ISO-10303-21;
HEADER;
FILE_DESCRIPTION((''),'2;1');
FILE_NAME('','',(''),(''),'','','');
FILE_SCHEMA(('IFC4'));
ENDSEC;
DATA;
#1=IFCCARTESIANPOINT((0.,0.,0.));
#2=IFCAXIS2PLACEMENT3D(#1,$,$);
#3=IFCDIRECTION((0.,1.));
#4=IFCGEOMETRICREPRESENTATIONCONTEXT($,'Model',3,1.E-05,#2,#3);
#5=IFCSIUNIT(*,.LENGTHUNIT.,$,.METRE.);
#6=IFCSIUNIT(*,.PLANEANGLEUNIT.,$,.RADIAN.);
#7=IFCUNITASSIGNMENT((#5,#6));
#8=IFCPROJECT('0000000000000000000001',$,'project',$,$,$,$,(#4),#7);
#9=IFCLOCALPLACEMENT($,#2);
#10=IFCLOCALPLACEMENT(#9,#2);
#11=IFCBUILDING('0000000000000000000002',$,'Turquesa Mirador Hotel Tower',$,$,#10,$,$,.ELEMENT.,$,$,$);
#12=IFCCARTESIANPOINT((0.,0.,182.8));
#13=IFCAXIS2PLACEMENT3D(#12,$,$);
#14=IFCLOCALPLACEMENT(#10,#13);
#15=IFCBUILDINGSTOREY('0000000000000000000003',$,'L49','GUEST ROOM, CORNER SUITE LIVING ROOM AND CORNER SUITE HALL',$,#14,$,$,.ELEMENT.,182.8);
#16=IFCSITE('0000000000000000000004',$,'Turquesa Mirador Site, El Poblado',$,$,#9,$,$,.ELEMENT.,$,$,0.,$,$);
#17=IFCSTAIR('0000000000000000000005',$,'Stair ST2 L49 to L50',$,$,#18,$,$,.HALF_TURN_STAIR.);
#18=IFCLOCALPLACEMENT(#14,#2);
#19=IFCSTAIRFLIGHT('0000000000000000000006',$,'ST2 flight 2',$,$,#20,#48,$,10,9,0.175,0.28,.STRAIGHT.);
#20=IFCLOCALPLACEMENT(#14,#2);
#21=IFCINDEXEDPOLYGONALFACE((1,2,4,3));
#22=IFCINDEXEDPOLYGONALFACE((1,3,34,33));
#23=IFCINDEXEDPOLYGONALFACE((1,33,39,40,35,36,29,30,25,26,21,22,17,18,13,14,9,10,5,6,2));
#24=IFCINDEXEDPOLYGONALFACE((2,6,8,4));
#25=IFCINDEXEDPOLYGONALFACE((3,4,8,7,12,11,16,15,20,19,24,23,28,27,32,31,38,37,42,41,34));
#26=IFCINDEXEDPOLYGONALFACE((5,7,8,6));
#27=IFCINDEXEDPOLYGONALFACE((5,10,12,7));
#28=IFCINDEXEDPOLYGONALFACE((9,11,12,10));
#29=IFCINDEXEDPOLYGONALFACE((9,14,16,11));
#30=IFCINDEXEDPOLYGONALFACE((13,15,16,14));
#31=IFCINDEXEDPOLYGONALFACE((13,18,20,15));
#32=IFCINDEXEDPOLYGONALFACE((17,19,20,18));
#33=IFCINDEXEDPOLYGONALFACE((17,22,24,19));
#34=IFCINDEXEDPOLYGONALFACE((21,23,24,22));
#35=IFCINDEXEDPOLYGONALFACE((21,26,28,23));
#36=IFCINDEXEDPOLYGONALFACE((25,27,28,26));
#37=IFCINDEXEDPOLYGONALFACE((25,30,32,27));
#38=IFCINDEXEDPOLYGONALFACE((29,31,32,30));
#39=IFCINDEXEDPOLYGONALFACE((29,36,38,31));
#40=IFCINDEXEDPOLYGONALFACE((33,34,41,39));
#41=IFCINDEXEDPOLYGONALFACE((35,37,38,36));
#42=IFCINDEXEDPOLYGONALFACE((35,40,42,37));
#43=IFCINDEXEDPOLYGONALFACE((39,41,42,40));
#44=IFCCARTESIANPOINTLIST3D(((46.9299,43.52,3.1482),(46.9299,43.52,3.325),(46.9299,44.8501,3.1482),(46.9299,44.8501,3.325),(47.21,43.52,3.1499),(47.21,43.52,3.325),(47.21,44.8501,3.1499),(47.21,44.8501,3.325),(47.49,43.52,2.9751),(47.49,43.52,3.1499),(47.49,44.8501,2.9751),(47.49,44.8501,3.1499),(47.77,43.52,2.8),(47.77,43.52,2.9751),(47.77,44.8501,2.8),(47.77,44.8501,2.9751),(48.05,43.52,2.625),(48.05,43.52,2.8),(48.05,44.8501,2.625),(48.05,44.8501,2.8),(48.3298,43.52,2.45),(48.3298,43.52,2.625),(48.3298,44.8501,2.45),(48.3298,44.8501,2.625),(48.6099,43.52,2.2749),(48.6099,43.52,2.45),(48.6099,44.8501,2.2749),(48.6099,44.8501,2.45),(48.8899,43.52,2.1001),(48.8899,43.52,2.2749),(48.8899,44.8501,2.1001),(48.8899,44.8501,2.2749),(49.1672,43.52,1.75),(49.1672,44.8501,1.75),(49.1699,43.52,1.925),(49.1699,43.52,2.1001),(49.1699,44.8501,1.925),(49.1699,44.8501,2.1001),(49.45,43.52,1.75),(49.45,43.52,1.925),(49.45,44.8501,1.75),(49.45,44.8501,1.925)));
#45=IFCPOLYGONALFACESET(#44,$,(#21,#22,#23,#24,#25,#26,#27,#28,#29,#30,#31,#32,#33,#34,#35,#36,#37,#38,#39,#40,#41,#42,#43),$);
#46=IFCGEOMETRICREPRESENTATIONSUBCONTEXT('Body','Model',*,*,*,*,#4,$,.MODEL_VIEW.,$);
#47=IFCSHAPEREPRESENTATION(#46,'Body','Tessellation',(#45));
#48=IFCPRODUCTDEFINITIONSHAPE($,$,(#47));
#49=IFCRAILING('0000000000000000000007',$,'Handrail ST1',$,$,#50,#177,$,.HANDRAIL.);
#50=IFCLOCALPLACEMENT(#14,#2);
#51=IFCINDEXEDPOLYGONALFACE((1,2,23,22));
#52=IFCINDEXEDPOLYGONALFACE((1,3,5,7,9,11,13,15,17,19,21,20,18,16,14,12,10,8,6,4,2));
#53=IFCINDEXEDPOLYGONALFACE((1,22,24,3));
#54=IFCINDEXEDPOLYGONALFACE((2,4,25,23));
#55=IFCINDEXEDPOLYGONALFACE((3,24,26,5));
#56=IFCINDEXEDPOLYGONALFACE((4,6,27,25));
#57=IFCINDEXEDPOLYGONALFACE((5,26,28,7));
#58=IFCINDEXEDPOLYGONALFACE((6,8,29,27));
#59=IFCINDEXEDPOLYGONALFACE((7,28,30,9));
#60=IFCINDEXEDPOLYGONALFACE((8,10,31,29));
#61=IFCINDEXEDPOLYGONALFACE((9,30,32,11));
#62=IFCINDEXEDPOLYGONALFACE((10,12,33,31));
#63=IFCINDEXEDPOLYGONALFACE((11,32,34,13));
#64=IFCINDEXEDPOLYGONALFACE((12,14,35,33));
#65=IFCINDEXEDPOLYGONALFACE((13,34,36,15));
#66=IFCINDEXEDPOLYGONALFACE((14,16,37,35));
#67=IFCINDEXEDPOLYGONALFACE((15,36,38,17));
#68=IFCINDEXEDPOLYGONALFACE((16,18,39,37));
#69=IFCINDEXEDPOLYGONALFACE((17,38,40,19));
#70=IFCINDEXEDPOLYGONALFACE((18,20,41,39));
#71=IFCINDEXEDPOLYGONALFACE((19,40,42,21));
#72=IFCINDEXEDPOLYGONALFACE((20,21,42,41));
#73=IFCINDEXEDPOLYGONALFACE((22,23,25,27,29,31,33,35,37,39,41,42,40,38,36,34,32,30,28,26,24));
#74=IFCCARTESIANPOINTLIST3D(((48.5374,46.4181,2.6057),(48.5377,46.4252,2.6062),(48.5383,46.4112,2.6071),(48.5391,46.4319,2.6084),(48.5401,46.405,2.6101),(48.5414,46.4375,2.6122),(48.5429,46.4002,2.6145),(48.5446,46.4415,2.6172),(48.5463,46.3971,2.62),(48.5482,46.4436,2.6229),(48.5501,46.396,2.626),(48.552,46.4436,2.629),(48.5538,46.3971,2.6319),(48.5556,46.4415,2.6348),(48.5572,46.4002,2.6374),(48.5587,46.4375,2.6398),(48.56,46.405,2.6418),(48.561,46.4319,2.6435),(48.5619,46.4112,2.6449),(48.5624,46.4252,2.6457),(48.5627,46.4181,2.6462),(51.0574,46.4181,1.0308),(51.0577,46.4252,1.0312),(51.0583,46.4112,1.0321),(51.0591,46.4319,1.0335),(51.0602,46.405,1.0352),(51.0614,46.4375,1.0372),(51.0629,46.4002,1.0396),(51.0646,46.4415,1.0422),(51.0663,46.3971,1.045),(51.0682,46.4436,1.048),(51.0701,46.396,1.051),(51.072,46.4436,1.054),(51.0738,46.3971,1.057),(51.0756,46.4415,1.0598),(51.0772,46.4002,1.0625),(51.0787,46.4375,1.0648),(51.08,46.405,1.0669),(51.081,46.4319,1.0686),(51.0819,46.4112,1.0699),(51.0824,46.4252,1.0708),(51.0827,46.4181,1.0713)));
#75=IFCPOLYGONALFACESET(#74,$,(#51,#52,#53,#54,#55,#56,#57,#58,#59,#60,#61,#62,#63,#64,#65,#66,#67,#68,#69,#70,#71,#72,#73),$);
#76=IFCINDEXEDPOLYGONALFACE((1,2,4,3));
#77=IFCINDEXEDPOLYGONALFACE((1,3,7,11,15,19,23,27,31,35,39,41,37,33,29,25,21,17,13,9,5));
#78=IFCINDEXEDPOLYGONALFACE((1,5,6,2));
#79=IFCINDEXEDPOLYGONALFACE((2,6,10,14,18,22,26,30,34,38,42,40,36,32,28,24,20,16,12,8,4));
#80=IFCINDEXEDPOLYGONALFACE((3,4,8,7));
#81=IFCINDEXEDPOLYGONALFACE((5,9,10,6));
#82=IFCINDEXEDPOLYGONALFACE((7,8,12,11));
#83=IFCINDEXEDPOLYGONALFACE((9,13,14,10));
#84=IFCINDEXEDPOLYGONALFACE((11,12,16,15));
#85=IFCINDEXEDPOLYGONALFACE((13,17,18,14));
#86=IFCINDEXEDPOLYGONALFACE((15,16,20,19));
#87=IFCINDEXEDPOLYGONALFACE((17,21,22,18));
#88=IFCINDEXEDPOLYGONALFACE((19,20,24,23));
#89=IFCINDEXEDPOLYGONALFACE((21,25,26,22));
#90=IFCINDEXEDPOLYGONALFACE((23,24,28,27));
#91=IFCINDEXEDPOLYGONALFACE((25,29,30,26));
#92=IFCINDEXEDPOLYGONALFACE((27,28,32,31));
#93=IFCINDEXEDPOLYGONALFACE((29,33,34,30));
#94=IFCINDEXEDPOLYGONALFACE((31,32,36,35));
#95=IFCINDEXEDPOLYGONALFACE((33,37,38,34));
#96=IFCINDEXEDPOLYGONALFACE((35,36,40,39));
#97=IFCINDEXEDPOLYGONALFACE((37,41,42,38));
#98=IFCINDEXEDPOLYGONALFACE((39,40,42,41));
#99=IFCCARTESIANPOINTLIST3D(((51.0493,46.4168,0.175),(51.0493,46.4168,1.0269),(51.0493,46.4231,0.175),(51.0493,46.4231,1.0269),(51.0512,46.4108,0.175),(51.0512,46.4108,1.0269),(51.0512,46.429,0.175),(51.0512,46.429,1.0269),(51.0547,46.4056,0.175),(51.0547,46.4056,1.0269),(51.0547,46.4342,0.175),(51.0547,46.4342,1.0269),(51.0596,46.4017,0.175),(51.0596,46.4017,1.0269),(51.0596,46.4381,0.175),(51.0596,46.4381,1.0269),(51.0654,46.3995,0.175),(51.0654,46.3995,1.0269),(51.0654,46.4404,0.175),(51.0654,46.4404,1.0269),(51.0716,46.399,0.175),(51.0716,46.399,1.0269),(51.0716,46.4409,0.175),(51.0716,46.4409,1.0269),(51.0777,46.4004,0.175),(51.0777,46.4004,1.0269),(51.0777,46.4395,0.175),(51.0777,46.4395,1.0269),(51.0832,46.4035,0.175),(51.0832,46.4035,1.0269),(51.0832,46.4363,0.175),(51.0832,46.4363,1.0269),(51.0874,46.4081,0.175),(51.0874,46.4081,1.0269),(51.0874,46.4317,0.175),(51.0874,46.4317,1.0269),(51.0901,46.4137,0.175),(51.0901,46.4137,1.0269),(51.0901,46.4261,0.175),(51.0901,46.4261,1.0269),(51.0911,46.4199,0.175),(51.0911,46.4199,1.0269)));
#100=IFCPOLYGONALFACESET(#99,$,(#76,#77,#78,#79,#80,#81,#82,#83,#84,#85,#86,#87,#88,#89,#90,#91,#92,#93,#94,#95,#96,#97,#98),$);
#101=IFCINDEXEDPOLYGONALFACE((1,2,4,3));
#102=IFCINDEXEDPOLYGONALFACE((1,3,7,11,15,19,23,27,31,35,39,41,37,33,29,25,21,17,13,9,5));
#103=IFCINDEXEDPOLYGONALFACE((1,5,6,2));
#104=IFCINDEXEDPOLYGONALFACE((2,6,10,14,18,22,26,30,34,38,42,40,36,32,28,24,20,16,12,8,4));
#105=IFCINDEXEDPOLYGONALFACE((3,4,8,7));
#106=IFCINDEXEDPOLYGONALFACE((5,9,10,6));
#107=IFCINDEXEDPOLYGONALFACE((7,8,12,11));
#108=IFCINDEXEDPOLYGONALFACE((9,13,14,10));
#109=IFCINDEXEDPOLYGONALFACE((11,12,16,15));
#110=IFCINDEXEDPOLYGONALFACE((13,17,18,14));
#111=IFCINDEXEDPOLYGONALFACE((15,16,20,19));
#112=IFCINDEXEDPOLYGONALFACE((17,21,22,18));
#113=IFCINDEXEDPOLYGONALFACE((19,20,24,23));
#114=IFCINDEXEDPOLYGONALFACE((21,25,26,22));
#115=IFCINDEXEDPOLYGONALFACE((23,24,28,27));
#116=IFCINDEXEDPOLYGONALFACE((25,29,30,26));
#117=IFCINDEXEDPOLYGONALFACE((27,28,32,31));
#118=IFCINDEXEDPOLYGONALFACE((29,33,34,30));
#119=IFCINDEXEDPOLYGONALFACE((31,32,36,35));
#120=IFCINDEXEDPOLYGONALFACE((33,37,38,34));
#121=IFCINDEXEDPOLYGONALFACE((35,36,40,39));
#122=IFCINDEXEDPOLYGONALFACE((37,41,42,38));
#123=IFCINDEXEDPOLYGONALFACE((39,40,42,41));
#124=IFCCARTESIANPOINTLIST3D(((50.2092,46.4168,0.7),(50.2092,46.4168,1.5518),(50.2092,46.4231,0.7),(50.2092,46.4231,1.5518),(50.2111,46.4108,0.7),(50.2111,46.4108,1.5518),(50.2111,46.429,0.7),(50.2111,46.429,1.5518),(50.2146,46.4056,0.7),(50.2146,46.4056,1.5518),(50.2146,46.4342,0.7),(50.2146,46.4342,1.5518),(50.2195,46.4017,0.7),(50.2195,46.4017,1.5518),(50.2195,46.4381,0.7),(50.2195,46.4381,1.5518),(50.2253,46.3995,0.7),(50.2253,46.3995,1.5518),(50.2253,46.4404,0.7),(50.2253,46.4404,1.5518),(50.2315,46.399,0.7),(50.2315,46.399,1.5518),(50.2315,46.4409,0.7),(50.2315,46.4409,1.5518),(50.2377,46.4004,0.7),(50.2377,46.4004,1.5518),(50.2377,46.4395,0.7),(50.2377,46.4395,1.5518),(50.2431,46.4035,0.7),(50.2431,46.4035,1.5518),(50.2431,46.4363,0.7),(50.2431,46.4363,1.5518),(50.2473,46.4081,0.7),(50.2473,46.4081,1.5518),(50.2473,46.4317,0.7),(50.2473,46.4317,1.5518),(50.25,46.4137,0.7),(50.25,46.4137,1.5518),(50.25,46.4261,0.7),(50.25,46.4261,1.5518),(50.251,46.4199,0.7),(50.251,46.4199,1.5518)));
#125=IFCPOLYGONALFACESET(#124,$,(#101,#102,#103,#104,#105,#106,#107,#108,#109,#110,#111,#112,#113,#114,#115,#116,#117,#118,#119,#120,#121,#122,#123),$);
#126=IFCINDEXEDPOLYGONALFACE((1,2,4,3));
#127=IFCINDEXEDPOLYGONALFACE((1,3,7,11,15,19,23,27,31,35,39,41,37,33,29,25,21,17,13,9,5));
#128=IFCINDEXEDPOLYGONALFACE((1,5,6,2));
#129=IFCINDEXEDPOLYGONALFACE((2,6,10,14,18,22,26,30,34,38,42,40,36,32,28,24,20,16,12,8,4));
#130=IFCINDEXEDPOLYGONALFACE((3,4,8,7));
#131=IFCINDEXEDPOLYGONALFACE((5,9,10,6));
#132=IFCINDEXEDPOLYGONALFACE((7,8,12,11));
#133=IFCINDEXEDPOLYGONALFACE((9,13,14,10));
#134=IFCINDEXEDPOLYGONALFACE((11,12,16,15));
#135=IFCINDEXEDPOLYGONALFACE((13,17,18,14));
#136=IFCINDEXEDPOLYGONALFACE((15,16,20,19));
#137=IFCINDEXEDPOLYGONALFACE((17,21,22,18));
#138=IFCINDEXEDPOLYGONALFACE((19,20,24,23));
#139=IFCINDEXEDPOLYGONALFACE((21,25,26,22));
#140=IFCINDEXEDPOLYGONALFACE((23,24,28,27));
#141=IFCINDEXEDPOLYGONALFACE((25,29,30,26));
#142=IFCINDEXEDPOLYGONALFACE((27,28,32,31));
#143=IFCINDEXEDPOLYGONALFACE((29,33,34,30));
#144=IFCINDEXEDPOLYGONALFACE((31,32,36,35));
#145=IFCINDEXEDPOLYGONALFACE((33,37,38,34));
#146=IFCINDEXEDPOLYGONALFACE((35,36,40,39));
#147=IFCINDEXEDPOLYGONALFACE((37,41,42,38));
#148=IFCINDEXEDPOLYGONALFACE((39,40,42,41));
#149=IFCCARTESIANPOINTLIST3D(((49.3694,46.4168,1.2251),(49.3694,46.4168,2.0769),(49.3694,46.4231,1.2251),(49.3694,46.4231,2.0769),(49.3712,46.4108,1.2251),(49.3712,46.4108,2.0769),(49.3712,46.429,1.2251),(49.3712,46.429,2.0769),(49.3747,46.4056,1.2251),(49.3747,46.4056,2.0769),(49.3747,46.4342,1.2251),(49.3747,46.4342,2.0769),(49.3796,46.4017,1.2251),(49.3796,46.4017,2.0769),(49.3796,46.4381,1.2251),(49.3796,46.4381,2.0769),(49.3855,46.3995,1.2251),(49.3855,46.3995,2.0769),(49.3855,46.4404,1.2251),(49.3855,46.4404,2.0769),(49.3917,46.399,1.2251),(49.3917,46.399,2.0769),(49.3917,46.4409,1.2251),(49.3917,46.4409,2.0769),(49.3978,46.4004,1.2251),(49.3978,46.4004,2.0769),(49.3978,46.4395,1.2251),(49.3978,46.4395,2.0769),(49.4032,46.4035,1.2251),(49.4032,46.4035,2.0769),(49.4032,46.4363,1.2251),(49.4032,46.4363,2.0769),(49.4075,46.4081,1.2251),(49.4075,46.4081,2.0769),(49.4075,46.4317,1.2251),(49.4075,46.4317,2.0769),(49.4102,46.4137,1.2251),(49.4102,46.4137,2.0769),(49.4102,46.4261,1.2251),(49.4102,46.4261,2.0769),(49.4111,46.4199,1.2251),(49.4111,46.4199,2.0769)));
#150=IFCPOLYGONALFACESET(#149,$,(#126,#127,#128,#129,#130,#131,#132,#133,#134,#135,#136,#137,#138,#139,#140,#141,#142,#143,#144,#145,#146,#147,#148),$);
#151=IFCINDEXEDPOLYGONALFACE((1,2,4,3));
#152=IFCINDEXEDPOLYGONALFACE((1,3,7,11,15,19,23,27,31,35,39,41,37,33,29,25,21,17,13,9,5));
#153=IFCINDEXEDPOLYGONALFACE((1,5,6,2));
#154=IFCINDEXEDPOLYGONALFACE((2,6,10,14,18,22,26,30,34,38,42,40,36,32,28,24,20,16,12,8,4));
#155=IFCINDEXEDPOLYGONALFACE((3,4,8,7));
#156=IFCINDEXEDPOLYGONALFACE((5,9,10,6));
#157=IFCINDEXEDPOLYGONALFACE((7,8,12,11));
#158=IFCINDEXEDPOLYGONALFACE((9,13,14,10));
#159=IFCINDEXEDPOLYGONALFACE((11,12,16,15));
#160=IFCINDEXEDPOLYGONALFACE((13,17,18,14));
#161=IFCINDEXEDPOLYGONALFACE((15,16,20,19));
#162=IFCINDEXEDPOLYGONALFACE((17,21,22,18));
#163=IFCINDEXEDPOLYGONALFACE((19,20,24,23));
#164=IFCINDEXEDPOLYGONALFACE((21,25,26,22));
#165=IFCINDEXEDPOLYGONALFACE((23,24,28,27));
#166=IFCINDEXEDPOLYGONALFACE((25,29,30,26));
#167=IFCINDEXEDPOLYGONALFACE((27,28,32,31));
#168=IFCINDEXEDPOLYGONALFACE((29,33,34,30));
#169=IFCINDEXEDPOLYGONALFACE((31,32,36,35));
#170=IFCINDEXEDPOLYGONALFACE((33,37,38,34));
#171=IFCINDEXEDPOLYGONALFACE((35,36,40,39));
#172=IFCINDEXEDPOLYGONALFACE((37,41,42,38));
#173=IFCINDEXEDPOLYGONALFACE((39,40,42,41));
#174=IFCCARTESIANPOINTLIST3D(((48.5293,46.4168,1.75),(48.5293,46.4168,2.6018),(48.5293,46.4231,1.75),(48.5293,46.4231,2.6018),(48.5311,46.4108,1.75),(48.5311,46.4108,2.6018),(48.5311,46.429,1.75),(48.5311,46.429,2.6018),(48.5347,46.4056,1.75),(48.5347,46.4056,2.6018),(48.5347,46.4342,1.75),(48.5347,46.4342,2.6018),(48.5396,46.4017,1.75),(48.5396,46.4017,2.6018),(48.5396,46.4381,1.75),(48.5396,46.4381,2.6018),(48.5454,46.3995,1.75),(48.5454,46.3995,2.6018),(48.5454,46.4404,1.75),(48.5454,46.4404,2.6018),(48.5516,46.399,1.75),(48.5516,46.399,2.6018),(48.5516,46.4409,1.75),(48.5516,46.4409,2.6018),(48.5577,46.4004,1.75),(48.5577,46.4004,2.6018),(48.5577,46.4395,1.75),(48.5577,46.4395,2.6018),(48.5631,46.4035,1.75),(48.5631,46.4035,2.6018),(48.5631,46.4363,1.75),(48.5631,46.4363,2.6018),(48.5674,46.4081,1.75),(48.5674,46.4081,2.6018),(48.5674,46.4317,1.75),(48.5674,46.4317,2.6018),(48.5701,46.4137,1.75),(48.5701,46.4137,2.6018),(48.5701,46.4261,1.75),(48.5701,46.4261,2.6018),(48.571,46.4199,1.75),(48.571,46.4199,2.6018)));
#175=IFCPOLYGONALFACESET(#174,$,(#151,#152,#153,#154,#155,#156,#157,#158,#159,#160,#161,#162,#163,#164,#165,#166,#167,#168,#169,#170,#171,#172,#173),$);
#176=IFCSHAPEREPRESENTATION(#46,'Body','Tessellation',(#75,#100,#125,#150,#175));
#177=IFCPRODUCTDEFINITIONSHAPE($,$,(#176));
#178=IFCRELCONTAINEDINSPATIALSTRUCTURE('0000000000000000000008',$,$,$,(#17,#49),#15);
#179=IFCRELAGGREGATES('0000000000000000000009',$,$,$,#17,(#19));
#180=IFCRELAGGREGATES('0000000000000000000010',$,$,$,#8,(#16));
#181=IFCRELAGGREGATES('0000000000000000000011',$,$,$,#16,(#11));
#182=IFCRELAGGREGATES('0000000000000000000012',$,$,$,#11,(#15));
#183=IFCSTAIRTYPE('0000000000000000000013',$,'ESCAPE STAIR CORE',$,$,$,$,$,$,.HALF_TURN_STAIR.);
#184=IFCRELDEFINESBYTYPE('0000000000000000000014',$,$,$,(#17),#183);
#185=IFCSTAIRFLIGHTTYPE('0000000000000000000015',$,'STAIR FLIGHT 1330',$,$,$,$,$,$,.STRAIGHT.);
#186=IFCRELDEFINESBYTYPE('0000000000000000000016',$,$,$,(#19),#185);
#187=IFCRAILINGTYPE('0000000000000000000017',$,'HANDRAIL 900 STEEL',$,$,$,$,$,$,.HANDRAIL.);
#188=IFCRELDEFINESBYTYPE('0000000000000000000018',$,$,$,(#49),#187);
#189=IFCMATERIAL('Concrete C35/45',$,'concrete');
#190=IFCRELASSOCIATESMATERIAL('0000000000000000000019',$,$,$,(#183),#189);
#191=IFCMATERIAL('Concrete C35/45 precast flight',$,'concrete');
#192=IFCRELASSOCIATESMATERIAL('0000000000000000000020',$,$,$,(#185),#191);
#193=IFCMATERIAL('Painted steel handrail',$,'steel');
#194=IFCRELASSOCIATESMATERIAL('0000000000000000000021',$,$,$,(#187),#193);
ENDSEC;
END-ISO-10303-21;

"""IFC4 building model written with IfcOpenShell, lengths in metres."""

from ifc_helpers import new_model, si_unit, direction, frame, origin, origin_2d, place, context, subcontext, project, spatial, polyline, circle, outline, extrude, material, type_object, element, aggregate, save


model = new_model("IFC4")

# Units and contexts
model_context = context("Model", 3, precision=1e-05, world=origin(), true_north=direction((0.0, 1.0)))
body_context = subcontext(model_context, "Body", "Model", "MODEL_VIEW")
ifc_project = project(units=[si_unit("LENGTHUNIT", "METRE"), si_unit("PLANEANGLEUNIT", "RADIAN")], contexts=[model_context])

# Site, building, storey
site_placement = place(None, origin())
site = spatial("IfcSite", under=ifc_project, at=site_placement, Name="Turquesa Mirador Site, El Poblado", CompositionType="ELEMENT", RefElevation=0.0)
building_placement = place(site_placement, origin())
building = spatial("IfcBuilding", under=site, at=building_placement, Name="Turquesa Mirador Hotel Tower", CompositionType="ELEMENT")
storey_placement = place(building_placement, frame((0.0, 0.0, 182.8)))
storey = spatial("IfcBuildingStorey", under=building, at=storey_placement, Name="L49", Description="GUEST ROOM, CORNER SUITE LIVING ROOM AND CORNER SUITE HALL", CompositionType="ELEMENT", Elevation=182.8)

# Shared definitions
ifc_material_1 = material(Name="Concrete C35/45", Category="concrete")
stair_type = type_object("IfcStairType", Name="ESCAPE STAIR CORE", PredefinedType="HALF_TURN_STAIR", material=ifc_material_1)
ifc_material_2 = material(Name="Concrete C35/45 precast flight", Category="concrete")
stair_flight_type = type_object("IfcStairFlightType", Name="STAIR FLIGHT 1330", PredefinedType="STRAIGHT", material=ifc_material_2)

# Stair, stair flight
stair_1_placement = place(storey_placement, origin())
stair_1 = element("IfcStair", 1, at=stair_1_placement, inside=storey, type_object=stair_type, Name="Stair ST2 L49 to L50", PredefinedType="HALF_TURN_STAIR")
stair_flight_1_placement = place(storey_placement, frame((49.45, 44.1851, 1.75), z_axis=(0.0, 0.0, 1.0), x_axis=(-1.0, 0.0, 0.0)))
stair_flight_1 = element("IfcStairFlight", 2, at=stair_flight_1_placement, type_object=stair_flight_type, Name="ST2 flight 2", NumberOfRisers=10, NumberOfTreads=9, PredefinedType="STRAIGHT", RiserHeight=0.175, TreadLength=0.28, context=body_context, shape_type="SweptSolid", body=[
    extrude(outline(polyline([(0.0, 0.0), (0.0, 0.175), (0.28, 0.175), (0.28, 0.3501), (0.5601, 0.3501), (0.5601, 0.5249), (0.8401, 0.5249), (0.8401, 0.7), (1.1201, 0.7), (1.1201, 0.875), (1.3999, 0.875), (1.3999, 1.05), (1.6799, 1.05), (1.6799, 1.2251), (1.96, 1.2251), (1.96, 1.3999), (2.24, 1.3999), (2.24, 1.575), (2.52, 1.575), (2.52, 1.75), (2.52, 1.3982), (0.2827, 0.0), (0.0, 0.0)])), frame((0.0, 0.665, 0.0), z_axis=(0.0, -1.0, 0.0), x_axis=(1.0, 0.0, 0.0)), (0.0, 0.0, 1.0), 1.3301),
])
aggregate(stair_1, [stair_flight_1])

# Railing
ifc_material_3 = material(Name="Painted steel handrail", Category="steel")
railing_type = type_object("IfcRailingType", Name="HANDRAIL 900 STEEL", PredefinedType="HANDRAIL", material=ifc_material_3)
railing_1_placement = place(storey_placement, frame((51.0701, 46.4199, 0.175)))
element("IfcRailing", 3, at=railing_1_placement, inside=storey, type_object=railing_type, Name="Handrail ST1", PredefinedType="HANDRAIL", context=body_context, shape_type="SweptSolid", body=[
    extrude(circle(Radius=0.0239, at=origin_2d()), frame((0.0, 0.0, 0.876), z_axis=(-0.848008, 0.0, 0.529984), x_axis=(0.0, -1.0, 0.0)), (0.0, 0.0, 1.0), 2.9717),
    extrude(circle(Radius=0.021, at=origin_2d()), origin(), (0.0, 0.0, 1.0), 0.8518),
    extrude(circle(Radius=0.021, at=origin_2d()), frame((-0.8401, 0.0, 0.5249)), (0.0, 0.0, 1.0), 0.8518),
    extrude(circle(Radius=0.021, at=origin_2d()), frame((-1.6799, 0.0, 1.05)), (0.0, 0.0, 1.0), 0.8518),
    extrude(circle(Radius=0.021, at=origin_2d()), frame((-2.52, 0.0, 1.575)), (0.0, 0.0, 1.0), 0.8518),
])

save(model, "model.ifc")
